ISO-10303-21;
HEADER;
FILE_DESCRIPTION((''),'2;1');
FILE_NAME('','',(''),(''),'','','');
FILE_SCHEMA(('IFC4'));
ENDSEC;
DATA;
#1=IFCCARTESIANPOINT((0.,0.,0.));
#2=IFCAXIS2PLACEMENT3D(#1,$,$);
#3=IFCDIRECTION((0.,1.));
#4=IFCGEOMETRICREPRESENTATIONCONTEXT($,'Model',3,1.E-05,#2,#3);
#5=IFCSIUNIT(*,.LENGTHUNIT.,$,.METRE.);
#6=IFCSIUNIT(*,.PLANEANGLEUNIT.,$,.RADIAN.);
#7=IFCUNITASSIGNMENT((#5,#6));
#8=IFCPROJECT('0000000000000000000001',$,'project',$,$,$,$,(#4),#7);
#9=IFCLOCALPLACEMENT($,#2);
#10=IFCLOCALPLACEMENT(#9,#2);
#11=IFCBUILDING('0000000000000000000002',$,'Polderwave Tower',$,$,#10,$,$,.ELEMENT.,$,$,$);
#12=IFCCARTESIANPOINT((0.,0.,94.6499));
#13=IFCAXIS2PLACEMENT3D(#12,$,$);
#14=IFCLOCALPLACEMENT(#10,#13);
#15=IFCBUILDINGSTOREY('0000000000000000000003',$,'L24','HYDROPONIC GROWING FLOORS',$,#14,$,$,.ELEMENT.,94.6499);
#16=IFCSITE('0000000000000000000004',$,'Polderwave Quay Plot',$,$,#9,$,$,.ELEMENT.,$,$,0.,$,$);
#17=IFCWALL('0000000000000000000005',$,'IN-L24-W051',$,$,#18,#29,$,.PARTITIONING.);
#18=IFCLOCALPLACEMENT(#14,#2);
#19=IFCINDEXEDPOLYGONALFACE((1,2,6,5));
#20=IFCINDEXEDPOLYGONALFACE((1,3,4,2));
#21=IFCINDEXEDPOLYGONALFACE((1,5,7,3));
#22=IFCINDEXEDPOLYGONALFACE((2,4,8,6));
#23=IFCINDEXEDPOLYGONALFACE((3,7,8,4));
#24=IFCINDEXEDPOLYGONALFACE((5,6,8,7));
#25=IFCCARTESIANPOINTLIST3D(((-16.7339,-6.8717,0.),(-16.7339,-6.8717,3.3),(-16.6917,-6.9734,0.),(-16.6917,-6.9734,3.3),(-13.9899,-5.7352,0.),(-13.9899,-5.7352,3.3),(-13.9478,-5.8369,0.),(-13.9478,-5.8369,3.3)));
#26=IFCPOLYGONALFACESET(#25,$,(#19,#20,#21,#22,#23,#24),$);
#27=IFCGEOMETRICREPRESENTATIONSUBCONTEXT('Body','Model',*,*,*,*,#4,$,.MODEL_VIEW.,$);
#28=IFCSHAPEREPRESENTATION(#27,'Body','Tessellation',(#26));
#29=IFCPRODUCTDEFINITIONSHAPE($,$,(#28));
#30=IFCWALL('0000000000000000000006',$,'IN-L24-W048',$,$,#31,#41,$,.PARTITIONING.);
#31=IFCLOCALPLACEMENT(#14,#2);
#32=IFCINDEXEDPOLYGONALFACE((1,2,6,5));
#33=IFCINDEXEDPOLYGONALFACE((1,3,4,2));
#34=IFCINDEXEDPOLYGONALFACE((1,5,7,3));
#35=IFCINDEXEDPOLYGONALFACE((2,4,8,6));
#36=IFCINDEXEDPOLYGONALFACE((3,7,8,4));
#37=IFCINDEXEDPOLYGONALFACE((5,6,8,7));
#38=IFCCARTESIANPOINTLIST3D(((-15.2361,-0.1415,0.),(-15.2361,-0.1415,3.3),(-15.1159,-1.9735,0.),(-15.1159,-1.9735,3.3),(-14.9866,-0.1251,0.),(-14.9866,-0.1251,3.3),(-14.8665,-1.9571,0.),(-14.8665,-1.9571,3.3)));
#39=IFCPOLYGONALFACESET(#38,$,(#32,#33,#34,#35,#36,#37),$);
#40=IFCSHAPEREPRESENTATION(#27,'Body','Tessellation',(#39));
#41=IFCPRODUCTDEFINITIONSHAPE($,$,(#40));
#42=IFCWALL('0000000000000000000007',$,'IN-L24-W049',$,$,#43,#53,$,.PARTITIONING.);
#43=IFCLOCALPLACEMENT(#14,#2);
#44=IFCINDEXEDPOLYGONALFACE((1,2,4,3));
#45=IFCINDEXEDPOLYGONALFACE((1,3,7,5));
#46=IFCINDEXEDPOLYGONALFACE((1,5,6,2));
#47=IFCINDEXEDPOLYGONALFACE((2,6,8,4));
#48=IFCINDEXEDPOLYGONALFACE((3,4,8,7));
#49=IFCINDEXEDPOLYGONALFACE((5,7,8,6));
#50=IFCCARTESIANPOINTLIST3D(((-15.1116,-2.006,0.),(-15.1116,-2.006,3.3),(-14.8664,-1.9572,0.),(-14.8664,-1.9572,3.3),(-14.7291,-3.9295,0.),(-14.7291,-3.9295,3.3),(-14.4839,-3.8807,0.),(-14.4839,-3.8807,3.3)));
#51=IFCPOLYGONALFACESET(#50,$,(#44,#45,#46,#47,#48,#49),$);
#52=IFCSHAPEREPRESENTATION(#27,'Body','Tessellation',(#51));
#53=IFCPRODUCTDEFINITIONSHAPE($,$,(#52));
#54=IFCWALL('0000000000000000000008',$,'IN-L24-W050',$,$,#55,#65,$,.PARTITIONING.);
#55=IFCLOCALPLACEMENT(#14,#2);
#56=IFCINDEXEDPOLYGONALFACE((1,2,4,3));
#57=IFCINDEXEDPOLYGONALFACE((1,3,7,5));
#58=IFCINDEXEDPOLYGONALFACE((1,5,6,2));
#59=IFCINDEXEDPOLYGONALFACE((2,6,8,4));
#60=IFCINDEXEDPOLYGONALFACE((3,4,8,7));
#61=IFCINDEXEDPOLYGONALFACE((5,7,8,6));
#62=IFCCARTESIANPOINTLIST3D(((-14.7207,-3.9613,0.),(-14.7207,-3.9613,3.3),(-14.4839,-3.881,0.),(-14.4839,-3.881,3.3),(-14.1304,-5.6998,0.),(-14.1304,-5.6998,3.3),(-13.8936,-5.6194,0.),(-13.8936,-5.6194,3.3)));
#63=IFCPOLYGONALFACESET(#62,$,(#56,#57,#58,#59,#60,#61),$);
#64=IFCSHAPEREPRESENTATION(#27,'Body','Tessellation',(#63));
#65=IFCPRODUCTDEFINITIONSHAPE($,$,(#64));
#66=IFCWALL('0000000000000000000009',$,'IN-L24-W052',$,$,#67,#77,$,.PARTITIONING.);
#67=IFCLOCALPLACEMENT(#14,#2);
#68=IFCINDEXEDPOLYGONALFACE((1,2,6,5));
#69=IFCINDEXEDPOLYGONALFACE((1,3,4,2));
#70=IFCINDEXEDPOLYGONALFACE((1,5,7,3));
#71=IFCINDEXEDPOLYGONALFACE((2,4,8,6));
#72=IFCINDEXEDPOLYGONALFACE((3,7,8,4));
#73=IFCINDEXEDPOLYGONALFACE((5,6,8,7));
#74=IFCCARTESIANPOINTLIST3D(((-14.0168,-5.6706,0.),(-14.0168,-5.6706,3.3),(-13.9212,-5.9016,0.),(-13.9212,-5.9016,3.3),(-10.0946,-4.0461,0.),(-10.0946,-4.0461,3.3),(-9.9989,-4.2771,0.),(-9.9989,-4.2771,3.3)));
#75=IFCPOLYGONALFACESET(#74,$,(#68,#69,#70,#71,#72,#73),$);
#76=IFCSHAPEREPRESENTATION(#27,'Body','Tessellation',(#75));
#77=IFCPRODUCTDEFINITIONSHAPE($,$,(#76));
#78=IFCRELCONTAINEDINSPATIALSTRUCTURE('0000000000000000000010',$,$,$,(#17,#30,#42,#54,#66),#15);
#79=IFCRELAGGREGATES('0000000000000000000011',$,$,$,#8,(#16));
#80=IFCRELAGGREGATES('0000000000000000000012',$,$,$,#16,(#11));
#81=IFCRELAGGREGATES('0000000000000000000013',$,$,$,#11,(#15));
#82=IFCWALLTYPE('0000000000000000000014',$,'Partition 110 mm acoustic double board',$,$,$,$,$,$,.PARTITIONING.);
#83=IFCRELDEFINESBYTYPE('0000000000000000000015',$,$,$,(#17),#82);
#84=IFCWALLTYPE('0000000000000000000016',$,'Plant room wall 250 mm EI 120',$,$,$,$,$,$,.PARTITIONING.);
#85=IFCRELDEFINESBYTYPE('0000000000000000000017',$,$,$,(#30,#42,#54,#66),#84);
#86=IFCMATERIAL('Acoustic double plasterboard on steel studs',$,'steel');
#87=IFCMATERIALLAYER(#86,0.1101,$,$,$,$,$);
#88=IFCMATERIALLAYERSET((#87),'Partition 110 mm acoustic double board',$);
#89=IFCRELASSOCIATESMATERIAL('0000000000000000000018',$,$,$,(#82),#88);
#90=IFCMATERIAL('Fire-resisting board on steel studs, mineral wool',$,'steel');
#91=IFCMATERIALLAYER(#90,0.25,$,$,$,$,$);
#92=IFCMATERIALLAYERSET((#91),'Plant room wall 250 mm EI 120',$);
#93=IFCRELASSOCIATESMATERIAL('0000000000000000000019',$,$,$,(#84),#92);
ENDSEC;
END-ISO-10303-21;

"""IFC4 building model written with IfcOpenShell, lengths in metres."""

from ifc_helpers import new_model, si_unit, direction, frame, frame_2d, origin, place, context, subcontext, project, spatial, rectangle, extrude, material, layer, layer_set, type_object, element, save


model = new_model("IFC4")

# Units and contexts
model_context = context("Model", 3, precision=1e-05, world=origin(), true_north=direction((0.0, 1.0)))
body_context = subcontext(model_context, "Body", "Model", "MODEL_VIEW")
ifc_project = project(units=[si_unit("LENGTHUNIT", "METRE"), si_unit("PLANEANGLEUNIT", "RADIAN")], contexts=[model_context])

# Site, building, storey
site_placement = place(None, origin())
site = spatial("IfcSite", under=ifc_project, at=site_placement, Name="Polderwave Quay Plot", CompositionType="ELEMENT", RefElevation=0.0)
building_placement = place(site_placement, origin())
building = spatial("IfcBuilding", under=site, at=building_placement, Name="Polderwave Tower", CompositionType="ELEMENT")
storey_placement = place(building_placement, frame((0.0, 0.0, 94.6499)))
storey = spatial("IfcBuildingStorey", under=building, at=storey_placement, Name="L24", Description="HYDROPONIC GROWING FLOORS", CompositionType="ELEMENT", Elevation=94.6499)

# Walls
ifc_material_1 = material(Name="Acoustic double plasterboard on steel studs", Category="steel")
ifc_layer_1 = layer(ifc_material_1, 0.1101)
ifc_layer_set_1 = layer_set([ifc_layer_1], Name="Partition 110 mm acoustic double board")
wall_type_1 = type_object("IfcWallType", Name="Partition 110 mm acoustic double board", PredefinedType="PARTITIONING", material=ifc_layer_set_1)
wall_1_placement = place(storey_placement, frame((-13.969, -5.7861, 0.0), z_axis=(0.0, 0.0, 1.0), x_axis=(-0.92389, -0.382659, 0.0)))
element("IfcWall", 1, at=wall_1_placement, inside=storey, type_object=wall_type_1, Name="IN-L24-W051", PredefinedType="PARTITIONING", context=body_context, shape_type="SweptSolid", body=[
    extrude(rectangle(XDim=2.97, YDim=0.1101, at=frame_2d((1.4849, 0.0))), origin(), (0.0, 0.0, 1.0), 3.3),
])
ifc_material_2 = material(Name="Fire-resisting board on steel studs, mineral wool", Category="steel")
ifc_layer_2 = layer(ifc_material_2, 0.25)
ifc_layer_set_2 = layer_set([ifc_layer_2], Name="Plant room wall 250 mm EI 120")
wall_type_2 = type_object("IfcWallType", Name="Plant room wall 250 mm EI 120", PredefinedType="PARTITIONING", material=ifc_layer_set_2)
wall_2_placement = place(storey_placement, frame((-15.1113, -0.1333, 0.0), z_axis=(0.0, 0.0, 1.0), x_axis=(0.065425, -0.997858, 0.0)))
element("IfcWall", 2, at=wall_2_placement, inside=storey, type_object=wall_type_2, Name="IN-L24-W048", PredefinedType="PARTITIONING", context=body_context, shape_type="SweptSolid", body=[
    extrude(rectangle(XDim=1.8359, YDim=0.25, at=frame_2d((0.918, 0.0))), origin(), (0.0, 0.0, 1.0), 3.3),
])
wall_3_placement = place(storey_placement, frame((-14.989, -1.9817, 0.0), z_axis=(0.0, 0.0, 1.0), x_axis=(0.195063, -0.980791, 0.0)))
element("IfcWall", 3, at=wall_3_placement, inside=storey, type_object=wall_type_2, Name="IN-L24-W049", PredefinedType="PARTITIONING", context=body_context, shape_type="SweptSolid", body=[
    extrude(rectangle(XDim=1.9612, YDim=0.25, at=frame_2d((0.9805, 0.0))), origin(), (0.0, 0.0, 1.0), 3.3),
])
wall_4_placement = place(storey_placement, frame((-14.6023, -3.9211, 0.0), z_axis=(0.0, 0.0, 1.0), x_axis=(0.321528, -0.9469, 0.0)))
element("IfcWall", 4, at=wall_4_placement, inside=storey, type_object=wall_type_2, Name="IN-L24-W050", PredefinedType="PARTITIONING", context=body_context, shape_type="SweptSolid", body=[
    extrude(rectangle(XDim=1.8359, YDim=0.25, at=frame_2d((0.918, 0.0))), origin(), (0.0, 0.0, 1.0), 3.3),
])
wall_5_placement = place(storey_placement, frame((-10.0469, -4.1616, 0.0), z_axis=(0.0, 0.0, 1.0), x_axis=(-0.923886, -0.382667, 0.0)))
element("IfcWall", 5, at=wall_5_placement, inside=storey, type_object=wall_type_2, Name="IN-L24-W052", PredefinedType="PARTITIONING", context=body_context, shape_type="SweptSolid", body=[
    extrude(rectangle(XDim=4.2454, YDim=0.25, at=frame_2d((2.1226, 0.0))), origin(), (0.0, 0.0, 1.0), 3.3),
])

save(model, "model.ifc")
